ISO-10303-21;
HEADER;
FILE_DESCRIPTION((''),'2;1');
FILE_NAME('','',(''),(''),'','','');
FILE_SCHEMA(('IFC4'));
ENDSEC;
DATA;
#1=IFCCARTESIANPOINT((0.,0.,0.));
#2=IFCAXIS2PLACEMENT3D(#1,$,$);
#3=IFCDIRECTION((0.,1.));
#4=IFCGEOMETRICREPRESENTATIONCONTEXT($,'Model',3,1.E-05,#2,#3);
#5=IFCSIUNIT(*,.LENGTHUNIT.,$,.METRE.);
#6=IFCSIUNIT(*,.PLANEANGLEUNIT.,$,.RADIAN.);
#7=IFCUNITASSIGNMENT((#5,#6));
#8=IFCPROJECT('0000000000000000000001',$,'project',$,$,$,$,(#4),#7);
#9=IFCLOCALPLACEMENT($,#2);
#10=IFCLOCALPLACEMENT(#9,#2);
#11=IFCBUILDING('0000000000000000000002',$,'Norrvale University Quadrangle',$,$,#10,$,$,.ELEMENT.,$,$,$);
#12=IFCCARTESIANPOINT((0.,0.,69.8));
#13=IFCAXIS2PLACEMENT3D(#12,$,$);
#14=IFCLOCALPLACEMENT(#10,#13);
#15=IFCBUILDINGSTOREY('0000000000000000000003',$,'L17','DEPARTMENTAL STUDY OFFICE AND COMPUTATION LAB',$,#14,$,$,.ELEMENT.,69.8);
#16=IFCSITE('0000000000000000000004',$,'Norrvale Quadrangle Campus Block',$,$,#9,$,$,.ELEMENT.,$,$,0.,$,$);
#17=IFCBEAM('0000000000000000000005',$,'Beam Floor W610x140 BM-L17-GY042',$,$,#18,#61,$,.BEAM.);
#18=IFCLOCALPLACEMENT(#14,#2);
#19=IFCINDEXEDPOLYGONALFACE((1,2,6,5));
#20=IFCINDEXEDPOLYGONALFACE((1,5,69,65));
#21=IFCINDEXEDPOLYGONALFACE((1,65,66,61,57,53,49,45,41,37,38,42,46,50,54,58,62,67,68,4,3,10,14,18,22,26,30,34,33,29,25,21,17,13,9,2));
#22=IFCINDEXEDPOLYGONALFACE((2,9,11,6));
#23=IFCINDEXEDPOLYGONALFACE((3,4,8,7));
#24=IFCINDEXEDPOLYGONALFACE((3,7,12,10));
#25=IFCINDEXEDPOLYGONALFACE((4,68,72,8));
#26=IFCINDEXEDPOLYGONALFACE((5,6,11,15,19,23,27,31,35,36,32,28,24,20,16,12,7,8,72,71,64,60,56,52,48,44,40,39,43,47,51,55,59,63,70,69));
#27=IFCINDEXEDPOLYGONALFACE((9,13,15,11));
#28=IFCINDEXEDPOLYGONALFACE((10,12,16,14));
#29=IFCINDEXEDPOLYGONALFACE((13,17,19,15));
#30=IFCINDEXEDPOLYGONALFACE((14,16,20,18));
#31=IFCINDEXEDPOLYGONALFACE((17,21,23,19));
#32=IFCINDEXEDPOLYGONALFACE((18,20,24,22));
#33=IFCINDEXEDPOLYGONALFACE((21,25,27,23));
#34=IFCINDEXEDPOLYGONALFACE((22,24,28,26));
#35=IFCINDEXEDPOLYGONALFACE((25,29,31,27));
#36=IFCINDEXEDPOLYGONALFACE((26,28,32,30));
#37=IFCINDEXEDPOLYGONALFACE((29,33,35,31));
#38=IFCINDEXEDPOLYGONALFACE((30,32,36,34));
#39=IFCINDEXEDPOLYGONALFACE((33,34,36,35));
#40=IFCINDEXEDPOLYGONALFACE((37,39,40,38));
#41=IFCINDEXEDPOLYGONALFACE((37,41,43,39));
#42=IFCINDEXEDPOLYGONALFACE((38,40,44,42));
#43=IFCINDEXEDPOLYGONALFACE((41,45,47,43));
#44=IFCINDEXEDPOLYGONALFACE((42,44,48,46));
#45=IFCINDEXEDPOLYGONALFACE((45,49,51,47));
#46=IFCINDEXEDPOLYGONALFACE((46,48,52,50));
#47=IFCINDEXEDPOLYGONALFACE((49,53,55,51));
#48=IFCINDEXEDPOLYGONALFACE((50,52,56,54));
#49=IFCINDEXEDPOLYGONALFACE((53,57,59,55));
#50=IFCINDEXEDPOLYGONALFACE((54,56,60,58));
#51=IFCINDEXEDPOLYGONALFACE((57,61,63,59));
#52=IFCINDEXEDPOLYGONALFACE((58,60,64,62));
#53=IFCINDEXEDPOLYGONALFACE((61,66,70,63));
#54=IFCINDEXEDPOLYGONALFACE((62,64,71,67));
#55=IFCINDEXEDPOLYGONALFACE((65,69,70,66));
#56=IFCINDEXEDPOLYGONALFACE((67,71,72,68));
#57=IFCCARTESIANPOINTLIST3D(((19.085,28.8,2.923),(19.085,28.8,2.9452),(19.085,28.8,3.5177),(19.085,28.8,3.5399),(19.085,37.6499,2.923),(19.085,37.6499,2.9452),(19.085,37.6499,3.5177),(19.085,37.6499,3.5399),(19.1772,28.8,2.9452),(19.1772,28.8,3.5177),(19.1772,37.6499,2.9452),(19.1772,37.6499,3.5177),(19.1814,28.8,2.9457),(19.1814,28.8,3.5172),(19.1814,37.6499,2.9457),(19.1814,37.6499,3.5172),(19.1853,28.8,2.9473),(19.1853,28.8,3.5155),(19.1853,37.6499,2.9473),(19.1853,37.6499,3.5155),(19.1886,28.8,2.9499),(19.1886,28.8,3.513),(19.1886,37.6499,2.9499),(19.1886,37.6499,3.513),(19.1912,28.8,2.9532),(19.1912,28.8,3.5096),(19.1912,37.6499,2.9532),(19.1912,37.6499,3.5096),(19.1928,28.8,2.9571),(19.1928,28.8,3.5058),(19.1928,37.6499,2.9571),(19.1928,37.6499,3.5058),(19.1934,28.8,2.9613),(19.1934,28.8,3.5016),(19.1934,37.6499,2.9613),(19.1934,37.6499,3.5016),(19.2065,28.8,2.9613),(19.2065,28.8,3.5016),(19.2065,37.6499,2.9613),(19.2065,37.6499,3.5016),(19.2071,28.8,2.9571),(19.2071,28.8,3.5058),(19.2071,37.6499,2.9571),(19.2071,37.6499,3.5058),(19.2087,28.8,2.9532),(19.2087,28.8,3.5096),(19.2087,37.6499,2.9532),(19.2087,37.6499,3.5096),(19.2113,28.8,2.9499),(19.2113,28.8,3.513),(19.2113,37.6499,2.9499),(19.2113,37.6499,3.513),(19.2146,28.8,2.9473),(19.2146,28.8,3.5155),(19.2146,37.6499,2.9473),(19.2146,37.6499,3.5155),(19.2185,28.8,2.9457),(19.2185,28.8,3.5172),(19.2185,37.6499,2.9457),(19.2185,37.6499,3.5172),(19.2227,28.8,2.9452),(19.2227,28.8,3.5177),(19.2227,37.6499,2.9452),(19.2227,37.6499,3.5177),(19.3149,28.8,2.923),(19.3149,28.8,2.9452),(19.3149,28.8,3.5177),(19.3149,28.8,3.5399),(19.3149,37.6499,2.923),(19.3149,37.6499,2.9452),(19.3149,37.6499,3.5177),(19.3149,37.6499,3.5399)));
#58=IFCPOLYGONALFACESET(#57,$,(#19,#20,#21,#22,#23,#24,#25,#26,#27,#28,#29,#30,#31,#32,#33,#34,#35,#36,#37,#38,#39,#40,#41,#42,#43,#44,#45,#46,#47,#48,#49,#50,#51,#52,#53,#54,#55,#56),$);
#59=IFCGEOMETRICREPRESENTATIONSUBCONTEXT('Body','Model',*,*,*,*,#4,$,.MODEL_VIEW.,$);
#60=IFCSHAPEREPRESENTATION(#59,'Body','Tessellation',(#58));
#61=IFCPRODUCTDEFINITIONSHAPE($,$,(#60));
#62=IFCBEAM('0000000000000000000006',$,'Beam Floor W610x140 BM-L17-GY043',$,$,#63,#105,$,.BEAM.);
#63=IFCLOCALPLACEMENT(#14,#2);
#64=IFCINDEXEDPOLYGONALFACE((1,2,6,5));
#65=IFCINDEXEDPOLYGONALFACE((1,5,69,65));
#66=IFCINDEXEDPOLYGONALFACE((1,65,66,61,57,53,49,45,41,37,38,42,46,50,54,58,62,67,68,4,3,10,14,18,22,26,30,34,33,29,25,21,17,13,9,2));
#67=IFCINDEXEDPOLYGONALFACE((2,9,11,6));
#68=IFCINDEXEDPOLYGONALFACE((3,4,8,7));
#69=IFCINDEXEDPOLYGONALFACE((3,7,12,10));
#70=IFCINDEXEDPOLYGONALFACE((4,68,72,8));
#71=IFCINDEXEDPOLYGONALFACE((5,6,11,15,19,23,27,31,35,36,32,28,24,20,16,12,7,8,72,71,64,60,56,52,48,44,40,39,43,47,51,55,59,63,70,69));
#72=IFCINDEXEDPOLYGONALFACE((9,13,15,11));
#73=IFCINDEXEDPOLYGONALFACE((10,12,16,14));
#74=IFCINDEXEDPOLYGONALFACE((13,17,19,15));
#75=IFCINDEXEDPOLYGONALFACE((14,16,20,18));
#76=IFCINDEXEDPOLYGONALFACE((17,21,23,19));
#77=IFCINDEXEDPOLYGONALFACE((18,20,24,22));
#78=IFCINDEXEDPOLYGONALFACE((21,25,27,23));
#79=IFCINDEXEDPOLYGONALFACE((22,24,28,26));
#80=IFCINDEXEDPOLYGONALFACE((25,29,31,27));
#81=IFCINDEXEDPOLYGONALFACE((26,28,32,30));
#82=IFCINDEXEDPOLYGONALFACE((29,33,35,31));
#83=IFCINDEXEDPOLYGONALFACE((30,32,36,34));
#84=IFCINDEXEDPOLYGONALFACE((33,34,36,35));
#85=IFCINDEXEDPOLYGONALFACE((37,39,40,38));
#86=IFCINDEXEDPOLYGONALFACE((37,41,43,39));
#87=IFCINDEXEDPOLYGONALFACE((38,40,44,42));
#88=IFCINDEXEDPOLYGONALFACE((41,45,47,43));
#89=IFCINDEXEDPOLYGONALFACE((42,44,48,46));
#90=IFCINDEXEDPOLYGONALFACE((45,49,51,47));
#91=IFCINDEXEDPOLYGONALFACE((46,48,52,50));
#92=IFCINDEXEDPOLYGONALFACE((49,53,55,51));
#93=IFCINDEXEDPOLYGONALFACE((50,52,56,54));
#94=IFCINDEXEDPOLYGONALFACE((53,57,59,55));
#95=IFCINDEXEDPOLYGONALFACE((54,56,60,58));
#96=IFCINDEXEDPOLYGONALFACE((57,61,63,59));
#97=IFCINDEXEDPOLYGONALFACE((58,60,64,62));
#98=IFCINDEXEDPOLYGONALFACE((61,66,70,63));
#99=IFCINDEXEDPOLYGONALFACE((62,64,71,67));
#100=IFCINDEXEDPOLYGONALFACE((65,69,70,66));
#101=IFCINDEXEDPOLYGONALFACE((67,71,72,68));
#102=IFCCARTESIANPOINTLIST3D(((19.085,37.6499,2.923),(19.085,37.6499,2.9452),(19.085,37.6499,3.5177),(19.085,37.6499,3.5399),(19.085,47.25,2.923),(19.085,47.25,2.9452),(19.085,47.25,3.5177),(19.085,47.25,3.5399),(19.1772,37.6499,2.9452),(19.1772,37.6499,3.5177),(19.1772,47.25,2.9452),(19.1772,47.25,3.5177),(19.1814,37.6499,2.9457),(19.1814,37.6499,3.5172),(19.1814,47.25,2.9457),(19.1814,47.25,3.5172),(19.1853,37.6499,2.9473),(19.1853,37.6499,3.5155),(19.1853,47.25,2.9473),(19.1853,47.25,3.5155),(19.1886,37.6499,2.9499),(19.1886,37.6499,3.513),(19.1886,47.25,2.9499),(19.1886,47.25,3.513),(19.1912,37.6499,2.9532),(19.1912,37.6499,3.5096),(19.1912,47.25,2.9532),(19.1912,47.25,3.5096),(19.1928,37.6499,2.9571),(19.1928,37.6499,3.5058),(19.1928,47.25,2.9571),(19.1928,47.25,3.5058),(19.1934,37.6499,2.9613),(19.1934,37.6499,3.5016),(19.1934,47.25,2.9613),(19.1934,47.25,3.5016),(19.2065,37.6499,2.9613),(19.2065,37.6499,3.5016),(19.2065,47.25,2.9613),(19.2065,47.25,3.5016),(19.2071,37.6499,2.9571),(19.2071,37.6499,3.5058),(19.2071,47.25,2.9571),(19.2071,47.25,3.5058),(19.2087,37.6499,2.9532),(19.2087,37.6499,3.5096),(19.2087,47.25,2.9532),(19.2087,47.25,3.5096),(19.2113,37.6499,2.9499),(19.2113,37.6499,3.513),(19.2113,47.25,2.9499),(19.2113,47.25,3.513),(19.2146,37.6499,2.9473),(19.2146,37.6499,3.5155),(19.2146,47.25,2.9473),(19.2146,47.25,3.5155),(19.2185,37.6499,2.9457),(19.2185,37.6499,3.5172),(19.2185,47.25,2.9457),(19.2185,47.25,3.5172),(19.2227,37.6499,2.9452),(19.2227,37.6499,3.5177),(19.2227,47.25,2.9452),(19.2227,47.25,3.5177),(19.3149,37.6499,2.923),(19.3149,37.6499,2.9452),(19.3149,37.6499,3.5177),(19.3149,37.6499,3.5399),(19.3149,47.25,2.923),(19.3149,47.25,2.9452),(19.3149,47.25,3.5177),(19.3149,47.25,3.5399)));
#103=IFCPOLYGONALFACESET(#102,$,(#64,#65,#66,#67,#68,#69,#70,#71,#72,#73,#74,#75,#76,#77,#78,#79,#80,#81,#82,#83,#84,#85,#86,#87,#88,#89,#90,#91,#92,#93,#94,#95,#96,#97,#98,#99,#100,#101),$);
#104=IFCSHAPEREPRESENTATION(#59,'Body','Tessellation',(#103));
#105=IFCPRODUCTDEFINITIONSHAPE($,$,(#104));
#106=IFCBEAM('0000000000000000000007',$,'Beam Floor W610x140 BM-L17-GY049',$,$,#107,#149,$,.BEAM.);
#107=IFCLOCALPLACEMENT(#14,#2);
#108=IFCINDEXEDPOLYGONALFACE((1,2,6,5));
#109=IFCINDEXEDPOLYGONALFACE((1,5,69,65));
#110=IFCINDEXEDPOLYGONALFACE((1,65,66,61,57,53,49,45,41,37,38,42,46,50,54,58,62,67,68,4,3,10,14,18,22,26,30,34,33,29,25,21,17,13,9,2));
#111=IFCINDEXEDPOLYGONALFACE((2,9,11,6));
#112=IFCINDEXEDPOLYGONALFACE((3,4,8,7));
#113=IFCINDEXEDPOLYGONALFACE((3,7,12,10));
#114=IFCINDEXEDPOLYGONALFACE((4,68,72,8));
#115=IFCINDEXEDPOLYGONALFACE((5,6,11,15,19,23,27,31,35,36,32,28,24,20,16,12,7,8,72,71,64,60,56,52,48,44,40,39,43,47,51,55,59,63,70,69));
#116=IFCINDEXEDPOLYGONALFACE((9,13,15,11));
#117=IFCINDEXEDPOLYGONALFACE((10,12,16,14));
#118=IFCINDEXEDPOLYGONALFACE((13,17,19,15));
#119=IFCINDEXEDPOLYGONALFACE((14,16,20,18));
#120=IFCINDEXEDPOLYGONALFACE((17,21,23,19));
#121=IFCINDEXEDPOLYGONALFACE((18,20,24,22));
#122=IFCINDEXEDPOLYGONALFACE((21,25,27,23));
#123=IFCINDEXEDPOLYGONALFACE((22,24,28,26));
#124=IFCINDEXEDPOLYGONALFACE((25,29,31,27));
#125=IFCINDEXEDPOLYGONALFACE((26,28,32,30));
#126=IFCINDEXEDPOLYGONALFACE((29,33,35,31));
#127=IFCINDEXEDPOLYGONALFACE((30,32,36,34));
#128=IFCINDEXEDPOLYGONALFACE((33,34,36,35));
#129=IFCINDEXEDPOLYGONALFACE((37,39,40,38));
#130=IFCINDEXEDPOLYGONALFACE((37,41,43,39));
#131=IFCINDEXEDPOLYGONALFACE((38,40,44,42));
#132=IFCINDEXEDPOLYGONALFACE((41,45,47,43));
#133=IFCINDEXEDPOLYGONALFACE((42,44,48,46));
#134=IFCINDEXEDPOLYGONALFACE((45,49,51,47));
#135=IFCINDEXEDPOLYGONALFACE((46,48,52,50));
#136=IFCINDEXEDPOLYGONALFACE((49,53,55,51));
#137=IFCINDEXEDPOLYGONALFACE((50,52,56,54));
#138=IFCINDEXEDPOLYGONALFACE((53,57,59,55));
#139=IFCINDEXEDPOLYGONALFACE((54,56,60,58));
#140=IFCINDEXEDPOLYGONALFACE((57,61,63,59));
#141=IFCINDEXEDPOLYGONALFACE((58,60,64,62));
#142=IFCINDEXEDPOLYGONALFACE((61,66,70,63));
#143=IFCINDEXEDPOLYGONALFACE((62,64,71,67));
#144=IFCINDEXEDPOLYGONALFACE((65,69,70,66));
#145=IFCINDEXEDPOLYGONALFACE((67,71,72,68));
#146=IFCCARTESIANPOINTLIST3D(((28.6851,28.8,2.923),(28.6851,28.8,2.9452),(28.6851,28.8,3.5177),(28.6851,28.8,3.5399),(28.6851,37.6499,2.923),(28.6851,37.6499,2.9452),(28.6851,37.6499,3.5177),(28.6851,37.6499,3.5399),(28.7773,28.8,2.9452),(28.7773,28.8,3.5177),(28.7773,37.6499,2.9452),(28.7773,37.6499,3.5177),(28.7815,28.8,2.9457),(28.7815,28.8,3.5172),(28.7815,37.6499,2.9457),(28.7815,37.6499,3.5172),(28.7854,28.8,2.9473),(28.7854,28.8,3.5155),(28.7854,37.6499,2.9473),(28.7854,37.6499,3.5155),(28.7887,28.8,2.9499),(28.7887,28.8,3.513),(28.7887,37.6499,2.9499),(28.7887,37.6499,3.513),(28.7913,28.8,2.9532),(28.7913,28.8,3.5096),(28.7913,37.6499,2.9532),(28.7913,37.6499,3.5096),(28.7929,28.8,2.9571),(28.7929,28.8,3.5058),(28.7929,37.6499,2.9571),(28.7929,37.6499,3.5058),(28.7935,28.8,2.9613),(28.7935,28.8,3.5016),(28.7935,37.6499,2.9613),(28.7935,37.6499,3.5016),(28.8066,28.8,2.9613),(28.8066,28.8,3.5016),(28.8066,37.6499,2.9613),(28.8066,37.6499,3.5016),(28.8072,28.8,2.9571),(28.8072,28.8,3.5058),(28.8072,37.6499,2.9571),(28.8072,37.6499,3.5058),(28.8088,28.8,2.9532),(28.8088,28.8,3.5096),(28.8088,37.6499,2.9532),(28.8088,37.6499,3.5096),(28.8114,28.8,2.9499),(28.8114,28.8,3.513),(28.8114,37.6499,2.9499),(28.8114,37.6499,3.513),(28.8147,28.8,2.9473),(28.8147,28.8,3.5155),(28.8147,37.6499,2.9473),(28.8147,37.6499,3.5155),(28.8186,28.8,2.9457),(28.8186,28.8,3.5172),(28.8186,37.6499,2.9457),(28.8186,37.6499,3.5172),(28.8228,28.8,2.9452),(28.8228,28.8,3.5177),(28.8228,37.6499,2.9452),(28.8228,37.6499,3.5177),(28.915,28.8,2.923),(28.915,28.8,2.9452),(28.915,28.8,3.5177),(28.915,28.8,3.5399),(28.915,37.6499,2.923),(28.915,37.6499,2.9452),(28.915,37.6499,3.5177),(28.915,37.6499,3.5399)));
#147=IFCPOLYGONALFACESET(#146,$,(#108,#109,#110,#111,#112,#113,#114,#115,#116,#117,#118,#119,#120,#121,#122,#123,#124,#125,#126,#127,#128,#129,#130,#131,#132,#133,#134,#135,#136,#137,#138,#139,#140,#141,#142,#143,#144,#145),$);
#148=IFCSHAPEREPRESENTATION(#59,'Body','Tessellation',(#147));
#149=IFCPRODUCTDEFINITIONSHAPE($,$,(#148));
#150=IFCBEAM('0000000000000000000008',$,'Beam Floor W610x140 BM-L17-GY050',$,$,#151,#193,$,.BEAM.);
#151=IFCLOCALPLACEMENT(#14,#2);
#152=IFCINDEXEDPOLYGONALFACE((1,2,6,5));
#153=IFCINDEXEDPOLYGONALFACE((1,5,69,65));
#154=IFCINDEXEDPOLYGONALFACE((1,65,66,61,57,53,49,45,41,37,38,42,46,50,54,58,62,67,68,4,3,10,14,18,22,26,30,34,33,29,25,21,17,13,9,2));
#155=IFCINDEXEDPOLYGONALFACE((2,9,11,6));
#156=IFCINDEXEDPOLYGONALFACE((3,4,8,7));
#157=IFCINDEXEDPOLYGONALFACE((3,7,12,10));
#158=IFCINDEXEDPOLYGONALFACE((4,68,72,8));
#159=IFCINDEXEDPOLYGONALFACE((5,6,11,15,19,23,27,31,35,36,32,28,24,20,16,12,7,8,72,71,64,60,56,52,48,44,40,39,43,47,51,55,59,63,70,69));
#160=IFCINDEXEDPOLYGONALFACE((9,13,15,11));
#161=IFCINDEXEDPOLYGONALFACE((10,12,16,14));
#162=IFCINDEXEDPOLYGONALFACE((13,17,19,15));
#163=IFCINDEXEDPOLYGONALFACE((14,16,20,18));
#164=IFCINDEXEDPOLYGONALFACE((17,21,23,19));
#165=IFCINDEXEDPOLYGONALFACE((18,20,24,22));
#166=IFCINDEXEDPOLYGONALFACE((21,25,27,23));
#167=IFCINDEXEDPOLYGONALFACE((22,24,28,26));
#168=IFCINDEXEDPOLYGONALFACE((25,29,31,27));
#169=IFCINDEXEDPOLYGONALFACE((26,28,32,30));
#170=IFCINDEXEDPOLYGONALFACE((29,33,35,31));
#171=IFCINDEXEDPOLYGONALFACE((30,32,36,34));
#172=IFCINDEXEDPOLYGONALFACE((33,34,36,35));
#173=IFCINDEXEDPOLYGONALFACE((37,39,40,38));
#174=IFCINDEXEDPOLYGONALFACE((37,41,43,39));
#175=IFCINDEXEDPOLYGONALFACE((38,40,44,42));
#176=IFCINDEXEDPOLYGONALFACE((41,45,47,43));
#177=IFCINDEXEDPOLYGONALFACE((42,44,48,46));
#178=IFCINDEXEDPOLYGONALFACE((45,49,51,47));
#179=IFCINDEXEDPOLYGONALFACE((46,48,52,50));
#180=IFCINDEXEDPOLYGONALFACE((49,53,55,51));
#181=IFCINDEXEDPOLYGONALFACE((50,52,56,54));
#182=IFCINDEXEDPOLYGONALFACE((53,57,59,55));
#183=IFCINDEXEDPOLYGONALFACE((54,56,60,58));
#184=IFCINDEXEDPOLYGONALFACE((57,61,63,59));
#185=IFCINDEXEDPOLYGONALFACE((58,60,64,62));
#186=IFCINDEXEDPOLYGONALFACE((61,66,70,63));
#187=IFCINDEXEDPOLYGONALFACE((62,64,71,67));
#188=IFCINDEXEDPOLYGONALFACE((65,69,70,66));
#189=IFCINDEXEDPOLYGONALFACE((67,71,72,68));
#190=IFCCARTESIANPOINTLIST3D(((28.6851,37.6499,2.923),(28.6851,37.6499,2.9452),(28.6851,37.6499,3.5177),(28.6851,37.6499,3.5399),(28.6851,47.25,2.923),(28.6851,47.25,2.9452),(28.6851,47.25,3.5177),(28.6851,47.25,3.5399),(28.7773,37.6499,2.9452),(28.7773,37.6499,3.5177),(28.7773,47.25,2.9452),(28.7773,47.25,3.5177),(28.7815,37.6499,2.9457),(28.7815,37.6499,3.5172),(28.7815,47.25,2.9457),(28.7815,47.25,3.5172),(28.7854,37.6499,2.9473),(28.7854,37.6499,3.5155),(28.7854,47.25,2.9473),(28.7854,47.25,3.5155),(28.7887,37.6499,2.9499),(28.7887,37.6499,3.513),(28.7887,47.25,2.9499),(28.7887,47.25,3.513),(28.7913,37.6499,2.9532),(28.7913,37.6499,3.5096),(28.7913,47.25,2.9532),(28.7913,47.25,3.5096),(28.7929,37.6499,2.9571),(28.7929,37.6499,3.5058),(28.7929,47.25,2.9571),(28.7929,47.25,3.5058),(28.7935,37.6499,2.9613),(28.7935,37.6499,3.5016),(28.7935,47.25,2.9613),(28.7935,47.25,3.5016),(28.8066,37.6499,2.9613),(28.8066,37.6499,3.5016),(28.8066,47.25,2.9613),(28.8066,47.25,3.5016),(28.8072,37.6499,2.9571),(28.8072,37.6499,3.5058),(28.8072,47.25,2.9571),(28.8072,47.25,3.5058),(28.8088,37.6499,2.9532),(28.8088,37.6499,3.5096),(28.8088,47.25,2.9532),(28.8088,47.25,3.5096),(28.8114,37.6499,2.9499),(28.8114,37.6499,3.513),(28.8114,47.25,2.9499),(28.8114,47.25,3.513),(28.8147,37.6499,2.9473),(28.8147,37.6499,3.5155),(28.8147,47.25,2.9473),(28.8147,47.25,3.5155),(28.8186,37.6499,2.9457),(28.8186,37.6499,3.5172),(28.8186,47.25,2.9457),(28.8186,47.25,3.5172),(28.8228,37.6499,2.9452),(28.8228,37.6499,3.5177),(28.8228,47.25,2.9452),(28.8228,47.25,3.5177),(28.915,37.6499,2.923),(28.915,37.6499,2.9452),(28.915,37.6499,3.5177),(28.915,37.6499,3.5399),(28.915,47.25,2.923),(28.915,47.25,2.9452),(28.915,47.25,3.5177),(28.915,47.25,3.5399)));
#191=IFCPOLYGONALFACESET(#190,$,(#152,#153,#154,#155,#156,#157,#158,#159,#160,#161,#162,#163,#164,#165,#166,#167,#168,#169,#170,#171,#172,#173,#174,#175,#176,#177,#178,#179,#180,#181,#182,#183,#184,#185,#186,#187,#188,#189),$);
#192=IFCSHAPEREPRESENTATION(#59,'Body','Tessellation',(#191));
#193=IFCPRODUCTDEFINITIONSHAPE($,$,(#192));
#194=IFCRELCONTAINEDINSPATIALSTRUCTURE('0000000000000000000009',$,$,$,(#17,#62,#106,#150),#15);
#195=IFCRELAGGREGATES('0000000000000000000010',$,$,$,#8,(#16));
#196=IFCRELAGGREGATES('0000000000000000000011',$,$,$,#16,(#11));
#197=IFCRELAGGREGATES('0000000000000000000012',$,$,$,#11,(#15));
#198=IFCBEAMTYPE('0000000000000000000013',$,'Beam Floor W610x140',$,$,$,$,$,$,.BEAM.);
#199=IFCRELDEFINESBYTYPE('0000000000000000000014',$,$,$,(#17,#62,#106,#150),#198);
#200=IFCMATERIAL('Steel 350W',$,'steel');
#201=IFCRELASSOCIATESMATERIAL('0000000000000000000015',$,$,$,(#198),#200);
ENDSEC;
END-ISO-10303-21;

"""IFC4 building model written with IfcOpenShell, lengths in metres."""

from ifc_helpers import new_model, si_unit, direction, frame, origin, origin_2d, place, context, subcontext, project, spatial, i_section, extrude, material, material_profile, profile_set, type_object, element, save


model = new_model("IFC4")

# Units and contexts
model_context = context("Model", 3, precision=1e-05, world=origin(), true_north=direction((0.0, 1.0)))
body_context = subcontext(model_context, "Body", "Model", "MODEL_VIEW")
ifc_project = project(units=[si_unit("LENGTHUNIT", "METRE"), si_unit("PLANEANGLEUNIT", "RADIAN")], contexts=[model_context])

# Site, building, storey
site_placement = place(None, origin())
site = spatial("IfcSite", under=ifc_project, at=site_placement, Name="Norrvale Quadrangle Campus Block", CompositionType="ELEMENT", RefElevation=0.0)
building_placement = place(site_placement, origin())
building = spatial("IfcBuilding", under=site, at=building_placement, Name="Norrvale University Quadrangle", CompositionType="ELEMENT")
storey_placement = place(building_placement, frame((0.0, 0.0, 69.8)))
storey = spatial("IfcBuildingStorey", under=building, at=storey_placement, Name="L17", Description="DEPARTMENTAL STUDY OFFICE AND COMPUTATION LAB", CompositionType="ELEMENT", Elevation=69.8)

# Beams
ifc_material_1 = material(Name="Steel 350W", Category="steel")
ifc_material_profile_1 = material_profile(ifc_material_1, i_section(OverallWidth=0.23, OverallDepth=0.6169, WebThickness=0.0132, FlangeThickness=0.0222, FilletRadius=0.0161, at=origin_2d()), Name="Steel 350W")
ifc_profile_set_1 = profile_set([ifc_material_profile_1], Name="Steel 350W")
beam_type_1 = type_object("IfcBeamType", Name="Beam Floor W610x140", PredefinedType="BEAM", material=ifc_profile_set_1)
for number, where, z_axis, x_axis, name in (
    (1, (19.2, 28.8, 3.2314), (0.0, 1.0, 0.0), (-1.0, 0.0, 0.0), "Beam Floor W610x140 BM-L17-GY042"),
):
    element("IfcBeam", number, at=place(storey_placement, frame(where, z_axis=z_axis, x_axis=x_axis)), inside=storey, type_object=beam_type_1, Name=name, PredefinedType="BEAM", context=body_context, shape_type="SweptSolid", body=[
        extrude(i_section(OverallWidth=0.23, OverallDepth=0.6169, WebThickness=0.0132, FlangeThickness=0.0222, FilletRadius=0.0161, at=origin_2d()), origin(), (0.0, 0.0, 1.0), 8.8499),
    ])
beam_1_placement = place(storey_placement, frame((19.2, 37.6499, 3.2314), z_axis=(0.0, 1.0, 0.0), x_axis=(-1.0, 0.0, 0.0)))
element("IfcBeam", 2, at=beam_1_placement, inside=storey, type_object=beam_type_1, Name="Beam Floor W610x140 BM-L17-GY043", PredefinedType="BEAM", context=body_context, shape_type="SweptSolid", body=[
    extrude(i_section(OverallWidth=0.23, OverallDepth=0.6169, WebThickness=0.0132, FlangeThickness=0.0222, FilletRadius=0.0161, at=origin_2d()), origin(), (0.0, 0.0, 1.0), 9.6001),
])
beam_2_placement = place(storey_placement, frame((28.8, 28.8, 3.2314), z_axis=(0.0, 1.0, 0.0), x_axis=(-1.0, 0.0, 0.0)))
element("IfcBeam", 3, at=beam_2_placement, inside=storey, type_object=beam_type_1, Name="Beam Floor W610x140 BM-L17-GY049", PredefinedType="BEAM", context=body_context, shape_type="SweptSolid", body=[
    extrude(i_section(OverallWidth=0.23, OverallDepth=0.6169, WebThickness=0.0132, FlangeThickness=0.0222, FilletRadius=0.0161, at=origin_2d()), origin(), (0.0, 0.0, 1.0), 8.8499),
])
beam_3_placement = place(storey_placement, frame((28.8, 37.6499, 3.2314), z_axis=(0.0, 1.0, 0.0), x_axis=(-1.0, 0.0, 0.0)))
element("IfcBeam", 4, at=beam_3_placement, inside=storey, type_object=beam_type_1, Name="Beam Floor W610x140 BM-L17-GY050", PredefinedType="BEAM", context=body_context, shape_type="SweptSolid", body=[
    extrude(i_section(OverallWidth=0.23, OverallDepth=0.6169, WebThickness=0.0132, FlangeThickness=0.0222, FilletRadius=0.0161, at=origin_2d()), origin(), (0.0, 0.0, 1.0), 9.6001),
])

save(model, "model.ifc")
